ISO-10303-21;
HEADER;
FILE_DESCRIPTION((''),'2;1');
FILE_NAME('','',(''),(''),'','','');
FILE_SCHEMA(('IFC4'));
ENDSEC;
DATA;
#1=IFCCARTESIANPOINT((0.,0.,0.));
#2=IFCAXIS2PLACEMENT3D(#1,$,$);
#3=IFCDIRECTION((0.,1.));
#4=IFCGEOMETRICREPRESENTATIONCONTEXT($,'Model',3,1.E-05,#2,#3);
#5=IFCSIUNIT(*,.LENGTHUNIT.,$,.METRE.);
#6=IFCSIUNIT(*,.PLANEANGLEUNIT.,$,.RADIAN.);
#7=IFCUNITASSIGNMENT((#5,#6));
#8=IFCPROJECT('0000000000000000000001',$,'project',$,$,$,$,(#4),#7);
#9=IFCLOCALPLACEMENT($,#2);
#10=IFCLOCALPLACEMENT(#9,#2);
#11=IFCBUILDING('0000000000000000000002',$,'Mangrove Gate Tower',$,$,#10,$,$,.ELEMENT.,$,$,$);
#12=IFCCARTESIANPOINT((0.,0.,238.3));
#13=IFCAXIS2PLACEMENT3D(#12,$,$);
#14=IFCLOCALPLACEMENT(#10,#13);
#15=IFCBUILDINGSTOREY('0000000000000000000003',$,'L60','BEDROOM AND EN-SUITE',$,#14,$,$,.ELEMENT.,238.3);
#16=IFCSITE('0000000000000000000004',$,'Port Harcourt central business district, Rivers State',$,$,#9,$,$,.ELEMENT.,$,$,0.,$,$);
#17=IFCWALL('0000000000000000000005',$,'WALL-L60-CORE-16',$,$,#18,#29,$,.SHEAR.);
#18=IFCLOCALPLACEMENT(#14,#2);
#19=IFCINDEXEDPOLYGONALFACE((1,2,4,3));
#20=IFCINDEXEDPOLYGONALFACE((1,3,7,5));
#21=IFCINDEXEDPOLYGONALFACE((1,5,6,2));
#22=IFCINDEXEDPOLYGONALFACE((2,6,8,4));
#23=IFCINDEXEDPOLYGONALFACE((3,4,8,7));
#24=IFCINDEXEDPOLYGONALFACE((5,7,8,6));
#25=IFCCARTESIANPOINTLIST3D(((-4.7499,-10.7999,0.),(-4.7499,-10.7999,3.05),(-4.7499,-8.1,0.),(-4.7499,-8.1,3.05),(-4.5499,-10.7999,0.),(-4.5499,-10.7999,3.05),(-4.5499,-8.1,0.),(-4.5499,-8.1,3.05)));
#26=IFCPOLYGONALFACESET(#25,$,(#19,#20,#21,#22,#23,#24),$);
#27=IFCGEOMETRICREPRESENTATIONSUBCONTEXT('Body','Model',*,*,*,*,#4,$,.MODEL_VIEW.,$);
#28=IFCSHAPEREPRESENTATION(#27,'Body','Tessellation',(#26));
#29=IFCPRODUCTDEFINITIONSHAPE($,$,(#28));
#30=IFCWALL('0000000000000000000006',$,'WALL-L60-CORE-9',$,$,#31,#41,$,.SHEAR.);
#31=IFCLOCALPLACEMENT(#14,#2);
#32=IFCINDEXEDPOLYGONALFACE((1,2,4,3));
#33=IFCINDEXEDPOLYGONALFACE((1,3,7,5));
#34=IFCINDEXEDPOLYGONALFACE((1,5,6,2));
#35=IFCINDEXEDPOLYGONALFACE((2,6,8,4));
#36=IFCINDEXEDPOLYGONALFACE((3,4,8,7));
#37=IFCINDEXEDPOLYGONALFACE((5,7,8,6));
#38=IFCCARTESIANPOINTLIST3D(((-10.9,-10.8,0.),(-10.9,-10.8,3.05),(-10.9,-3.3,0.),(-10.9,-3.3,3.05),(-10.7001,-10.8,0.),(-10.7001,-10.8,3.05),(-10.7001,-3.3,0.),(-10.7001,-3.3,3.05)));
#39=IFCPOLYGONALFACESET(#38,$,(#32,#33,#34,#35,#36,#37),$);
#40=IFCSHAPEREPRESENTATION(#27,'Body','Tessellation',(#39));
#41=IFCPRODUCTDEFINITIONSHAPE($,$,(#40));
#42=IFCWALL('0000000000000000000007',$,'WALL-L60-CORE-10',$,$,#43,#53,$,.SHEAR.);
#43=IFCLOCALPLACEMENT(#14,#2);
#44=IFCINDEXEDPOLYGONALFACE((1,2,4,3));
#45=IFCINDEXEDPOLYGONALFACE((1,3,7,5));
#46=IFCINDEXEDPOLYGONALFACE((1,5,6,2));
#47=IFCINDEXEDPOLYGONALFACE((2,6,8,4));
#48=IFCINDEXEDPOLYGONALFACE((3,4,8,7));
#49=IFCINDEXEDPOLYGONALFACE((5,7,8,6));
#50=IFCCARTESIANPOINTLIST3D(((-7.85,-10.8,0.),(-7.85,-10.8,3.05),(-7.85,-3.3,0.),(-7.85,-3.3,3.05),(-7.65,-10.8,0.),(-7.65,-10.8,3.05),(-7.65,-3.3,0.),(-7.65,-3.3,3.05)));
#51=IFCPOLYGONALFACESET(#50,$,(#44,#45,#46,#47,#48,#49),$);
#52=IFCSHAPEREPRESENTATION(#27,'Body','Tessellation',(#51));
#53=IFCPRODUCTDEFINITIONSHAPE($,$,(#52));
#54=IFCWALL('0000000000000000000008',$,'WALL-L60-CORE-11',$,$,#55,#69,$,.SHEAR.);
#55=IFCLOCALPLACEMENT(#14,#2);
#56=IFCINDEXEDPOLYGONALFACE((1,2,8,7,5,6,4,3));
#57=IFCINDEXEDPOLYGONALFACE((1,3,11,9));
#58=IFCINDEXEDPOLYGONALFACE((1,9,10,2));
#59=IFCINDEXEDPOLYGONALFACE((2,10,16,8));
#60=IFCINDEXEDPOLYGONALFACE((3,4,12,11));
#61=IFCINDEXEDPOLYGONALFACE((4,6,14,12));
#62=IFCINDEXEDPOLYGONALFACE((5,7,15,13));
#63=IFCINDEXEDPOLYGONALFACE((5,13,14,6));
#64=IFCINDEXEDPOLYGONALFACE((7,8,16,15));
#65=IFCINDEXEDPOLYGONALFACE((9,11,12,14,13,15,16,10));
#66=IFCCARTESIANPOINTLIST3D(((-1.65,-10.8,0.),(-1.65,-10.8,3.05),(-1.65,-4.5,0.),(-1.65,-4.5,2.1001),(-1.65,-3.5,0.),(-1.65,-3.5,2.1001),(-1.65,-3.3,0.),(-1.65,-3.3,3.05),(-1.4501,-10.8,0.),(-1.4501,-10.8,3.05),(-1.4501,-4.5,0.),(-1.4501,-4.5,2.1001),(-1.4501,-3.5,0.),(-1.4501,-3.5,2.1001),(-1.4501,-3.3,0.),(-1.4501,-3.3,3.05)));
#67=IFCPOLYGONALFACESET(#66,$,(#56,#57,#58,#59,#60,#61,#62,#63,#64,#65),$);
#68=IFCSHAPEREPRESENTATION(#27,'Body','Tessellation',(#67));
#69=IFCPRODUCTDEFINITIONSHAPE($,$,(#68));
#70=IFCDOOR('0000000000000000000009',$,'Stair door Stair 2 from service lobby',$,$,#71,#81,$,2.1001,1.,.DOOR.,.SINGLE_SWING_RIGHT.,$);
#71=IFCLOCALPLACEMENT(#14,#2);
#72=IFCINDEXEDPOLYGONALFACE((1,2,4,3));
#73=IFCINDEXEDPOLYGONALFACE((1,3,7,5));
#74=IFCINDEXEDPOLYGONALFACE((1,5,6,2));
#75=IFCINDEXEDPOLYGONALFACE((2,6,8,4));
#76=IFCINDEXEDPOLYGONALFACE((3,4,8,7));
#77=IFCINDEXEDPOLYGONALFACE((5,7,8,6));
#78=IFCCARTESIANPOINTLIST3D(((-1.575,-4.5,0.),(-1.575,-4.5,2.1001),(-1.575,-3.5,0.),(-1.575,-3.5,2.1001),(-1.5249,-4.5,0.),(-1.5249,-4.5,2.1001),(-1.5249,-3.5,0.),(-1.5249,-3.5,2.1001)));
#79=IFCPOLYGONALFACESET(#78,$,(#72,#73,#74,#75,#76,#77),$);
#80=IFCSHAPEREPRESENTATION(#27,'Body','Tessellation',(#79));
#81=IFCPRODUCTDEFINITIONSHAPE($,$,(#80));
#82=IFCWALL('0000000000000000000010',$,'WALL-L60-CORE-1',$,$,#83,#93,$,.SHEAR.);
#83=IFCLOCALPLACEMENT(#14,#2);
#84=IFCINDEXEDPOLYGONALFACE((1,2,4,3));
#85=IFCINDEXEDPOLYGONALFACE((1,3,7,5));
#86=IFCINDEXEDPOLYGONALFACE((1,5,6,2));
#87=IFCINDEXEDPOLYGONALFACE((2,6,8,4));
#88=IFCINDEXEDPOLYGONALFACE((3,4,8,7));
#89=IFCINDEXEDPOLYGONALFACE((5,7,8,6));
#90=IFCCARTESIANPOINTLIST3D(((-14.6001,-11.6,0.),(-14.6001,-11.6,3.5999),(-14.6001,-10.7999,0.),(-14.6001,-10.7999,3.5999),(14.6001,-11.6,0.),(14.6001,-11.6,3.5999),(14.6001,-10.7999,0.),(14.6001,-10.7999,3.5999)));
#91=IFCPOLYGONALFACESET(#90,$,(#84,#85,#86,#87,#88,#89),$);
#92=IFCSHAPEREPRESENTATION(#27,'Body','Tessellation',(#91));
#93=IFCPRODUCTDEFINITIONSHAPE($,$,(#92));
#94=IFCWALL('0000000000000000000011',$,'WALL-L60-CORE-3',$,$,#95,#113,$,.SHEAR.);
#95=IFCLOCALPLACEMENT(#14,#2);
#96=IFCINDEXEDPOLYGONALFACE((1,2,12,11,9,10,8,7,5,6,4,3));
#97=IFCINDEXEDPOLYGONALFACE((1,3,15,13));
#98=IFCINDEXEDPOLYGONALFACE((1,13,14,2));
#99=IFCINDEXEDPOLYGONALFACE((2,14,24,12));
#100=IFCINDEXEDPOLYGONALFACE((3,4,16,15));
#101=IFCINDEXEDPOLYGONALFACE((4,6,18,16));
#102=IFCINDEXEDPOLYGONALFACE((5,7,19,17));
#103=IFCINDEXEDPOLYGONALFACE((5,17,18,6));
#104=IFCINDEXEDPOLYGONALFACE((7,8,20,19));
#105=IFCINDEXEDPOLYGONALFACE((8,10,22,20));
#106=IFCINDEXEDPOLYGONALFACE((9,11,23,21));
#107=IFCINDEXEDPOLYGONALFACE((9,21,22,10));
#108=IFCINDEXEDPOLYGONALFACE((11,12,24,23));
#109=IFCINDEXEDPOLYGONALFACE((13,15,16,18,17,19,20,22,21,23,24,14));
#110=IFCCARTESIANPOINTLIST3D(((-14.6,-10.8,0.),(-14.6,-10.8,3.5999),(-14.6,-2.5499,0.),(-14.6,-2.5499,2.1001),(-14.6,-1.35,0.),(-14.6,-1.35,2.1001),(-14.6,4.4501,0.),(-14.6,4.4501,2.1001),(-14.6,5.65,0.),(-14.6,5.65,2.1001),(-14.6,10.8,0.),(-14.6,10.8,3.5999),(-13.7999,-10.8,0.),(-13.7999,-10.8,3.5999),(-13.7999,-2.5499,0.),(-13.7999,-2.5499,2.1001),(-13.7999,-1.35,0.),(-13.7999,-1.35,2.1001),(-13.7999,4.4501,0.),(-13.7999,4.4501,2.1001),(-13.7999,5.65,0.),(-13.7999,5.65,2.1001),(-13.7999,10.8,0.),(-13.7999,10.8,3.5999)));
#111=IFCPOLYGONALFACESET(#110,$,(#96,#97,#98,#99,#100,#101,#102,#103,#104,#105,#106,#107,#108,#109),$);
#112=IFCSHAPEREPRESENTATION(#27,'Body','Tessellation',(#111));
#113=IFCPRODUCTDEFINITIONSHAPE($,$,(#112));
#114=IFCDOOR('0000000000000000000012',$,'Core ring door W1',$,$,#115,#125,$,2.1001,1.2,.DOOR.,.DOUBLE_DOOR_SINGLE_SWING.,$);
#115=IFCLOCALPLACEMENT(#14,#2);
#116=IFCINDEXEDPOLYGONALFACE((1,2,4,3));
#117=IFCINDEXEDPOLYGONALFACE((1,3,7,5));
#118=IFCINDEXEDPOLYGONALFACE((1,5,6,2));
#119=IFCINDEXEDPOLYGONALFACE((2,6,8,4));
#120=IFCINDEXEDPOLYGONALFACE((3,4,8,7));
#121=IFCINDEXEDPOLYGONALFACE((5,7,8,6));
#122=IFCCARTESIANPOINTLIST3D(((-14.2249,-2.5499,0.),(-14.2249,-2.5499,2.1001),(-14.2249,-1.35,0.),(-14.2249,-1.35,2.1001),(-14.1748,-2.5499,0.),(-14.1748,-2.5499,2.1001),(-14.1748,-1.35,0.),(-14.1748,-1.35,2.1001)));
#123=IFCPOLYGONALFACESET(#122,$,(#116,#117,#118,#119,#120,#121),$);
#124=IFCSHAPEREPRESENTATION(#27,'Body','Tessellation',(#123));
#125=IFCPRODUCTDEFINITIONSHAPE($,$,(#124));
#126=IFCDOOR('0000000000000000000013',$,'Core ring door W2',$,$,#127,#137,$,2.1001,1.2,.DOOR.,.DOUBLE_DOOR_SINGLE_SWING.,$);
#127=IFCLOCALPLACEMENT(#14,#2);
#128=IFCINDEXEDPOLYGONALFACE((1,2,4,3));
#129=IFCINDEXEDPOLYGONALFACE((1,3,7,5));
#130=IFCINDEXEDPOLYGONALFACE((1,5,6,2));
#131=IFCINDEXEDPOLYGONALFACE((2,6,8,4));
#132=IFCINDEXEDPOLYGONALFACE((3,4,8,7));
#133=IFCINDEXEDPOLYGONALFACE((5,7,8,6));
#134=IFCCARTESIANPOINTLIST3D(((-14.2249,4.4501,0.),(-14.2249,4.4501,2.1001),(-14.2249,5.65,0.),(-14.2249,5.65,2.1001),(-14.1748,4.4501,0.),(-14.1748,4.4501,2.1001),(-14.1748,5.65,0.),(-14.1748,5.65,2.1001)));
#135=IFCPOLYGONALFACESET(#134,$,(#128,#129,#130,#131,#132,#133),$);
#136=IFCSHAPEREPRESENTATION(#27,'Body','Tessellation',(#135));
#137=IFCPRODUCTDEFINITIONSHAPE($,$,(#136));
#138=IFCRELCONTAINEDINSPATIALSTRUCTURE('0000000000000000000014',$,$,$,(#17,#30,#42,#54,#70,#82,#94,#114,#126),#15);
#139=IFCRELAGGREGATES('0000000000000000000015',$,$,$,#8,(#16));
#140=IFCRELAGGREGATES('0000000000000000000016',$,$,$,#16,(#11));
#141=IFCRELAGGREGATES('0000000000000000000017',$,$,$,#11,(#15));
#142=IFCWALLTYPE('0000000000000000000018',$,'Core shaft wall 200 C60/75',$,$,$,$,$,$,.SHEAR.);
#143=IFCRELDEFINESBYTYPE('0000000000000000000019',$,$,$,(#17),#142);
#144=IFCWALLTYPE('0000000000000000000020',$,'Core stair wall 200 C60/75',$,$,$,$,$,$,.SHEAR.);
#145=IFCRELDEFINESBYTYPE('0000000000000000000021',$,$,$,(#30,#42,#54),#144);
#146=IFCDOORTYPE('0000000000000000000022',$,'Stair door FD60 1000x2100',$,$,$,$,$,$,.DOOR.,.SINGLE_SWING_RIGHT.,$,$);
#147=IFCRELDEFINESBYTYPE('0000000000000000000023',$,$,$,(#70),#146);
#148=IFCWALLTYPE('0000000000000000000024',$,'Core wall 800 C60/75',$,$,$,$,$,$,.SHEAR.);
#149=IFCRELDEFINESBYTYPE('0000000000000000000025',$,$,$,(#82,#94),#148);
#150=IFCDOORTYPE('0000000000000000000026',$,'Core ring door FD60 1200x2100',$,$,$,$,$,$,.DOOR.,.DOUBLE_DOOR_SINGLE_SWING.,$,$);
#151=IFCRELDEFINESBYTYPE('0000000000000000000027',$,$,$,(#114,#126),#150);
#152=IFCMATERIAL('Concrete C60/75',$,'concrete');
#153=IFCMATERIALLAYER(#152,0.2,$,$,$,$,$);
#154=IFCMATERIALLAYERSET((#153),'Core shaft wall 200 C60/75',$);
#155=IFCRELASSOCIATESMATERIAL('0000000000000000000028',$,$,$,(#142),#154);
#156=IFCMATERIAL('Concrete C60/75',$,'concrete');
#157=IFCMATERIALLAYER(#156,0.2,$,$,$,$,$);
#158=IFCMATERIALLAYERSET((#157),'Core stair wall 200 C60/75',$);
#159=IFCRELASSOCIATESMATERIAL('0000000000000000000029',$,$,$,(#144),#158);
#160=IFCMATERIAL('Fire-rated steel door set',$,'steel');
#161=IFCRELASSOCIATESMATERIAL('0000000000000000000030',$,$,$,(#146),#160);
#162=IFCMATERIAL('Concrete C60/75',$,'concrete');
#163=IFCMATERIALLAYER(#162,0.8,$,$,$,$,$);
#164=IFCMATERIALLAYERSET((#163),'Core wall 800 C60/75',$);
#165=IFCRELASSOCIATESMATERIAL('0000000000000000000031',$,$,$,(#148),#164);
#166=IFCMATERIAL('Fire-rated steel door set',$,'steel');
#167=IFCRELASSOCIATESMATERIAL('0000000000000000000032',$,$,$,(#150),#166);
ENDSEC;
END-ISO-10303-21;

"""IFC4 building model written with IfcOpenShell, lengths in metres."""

from ifc_helpers import new_model, si_unit, direction, frame, frame_2d, origin, place, context, subcontext, project, spatial, rectangle, extrude, material, layer, layer_set, type_object, element, fill, save


model = new_model("IFC4")

# Units and contexts
model_context = context("Model", 3, precision=1e-05, world=origin(), true_north=direction((0.0, 1.0)))
body_context = subcontext(model_context, "Body", "Model", "MODEL_VIEW")
ifc_project = project(units=[si_unit("LENGTHUNIT", "METRE"), si_unit("PLANEANGLEUNIT", "RADIAN")], contexts=[model_context])

# Site, building, storey
site_placement = place(None, origin())
site = spatial("IfcSite", under=ifc_project, at=site_placement, Name="Port Harcourt central business district, Rivers State", CompositionType="ELEMENT", RefElevation=0.0)
building_placement = place(site_placement, origin())
building = spatial("IfcBuilding", under=site, at=building_placement, Name="Mangrove Gate Tower", CompositionType="ELEMENT")
storey_placement = place(building_placement, frame((0.0, 0.0, 238.3)))
storey = spatial("IfcBuildingStorey", under=building, at=storey_placement, Name="L60", Description="BEDROOM AND EN-SUITE", CompositionType="ELEMENT", Elevation=238.3)

# Walls
ifc_material_1 = material(Name="Concrete C60/75", Category="concrete")
ifc_layer_1 = layer(ifc_material_1, 0.2)
ifc_layer_set_1 = layer_set([ifc_layer_1], Name="Core shaft wall 200 C60/75")
wall_type_1 = type_object("IfcWallType", Name="Core shaft wall 200 C60/75", PredefinedType="SHEAR", material=ifc_layer_set_1)
wall_1_placement = place(storey_placement, frame((-4.6499, -10.8, 0.0), z_axis=(0.0, 0.0, 1.0), x_axis=(0.0, 1.0, 0.0)))
element("IfcWall", 1, at=wall_1_placement, inside=storey, type_object=wall_type_1, Name="WALL-L60-CORE-16", PredefinedType="SHEAR", context=body_context, shape_type="SweptSolid", body=[
    extrude(rectangle(XDim=2.7, YDim=0.2, at=frame_2d((1.3501, 0.0))), origin(), (0.0, 0.0, 1.0), 3.05),
])
ifc_material_2 = material(Name="Concrete C60/75", Category="concrete")
ifc_layer_2 = layer(ifc_material_2, 0.2)
ifc_layer_set_2 = layer_set([ifc_layer_2], Name="Core stair wall 200 C60/75")
wall_type_2 = type_object("IfcWallType", Name="Core stair wall 200 C60/75", PredefinedType="SHEAR", material=ifc_layer_set_2)
for number, where, z_axis, x_axis, name in (
    (2, (-10.8, -10.8, 0.0), (0.0, 0.0, 1.0), (0.0, 1.0, 0.0), "WALL-L60-CORE-9"),
    (3, (-7.75, -10.8, 0.0), (0.0, 0.0, 1.0), (0.0, 1.0, 0.0), "WALL-L60-CORE-10"),
):
    element("IfcWall", number, at=place(storey_placement, frame(where, z_axis=z_axis, x_axis=x_axis)), inside=storey, type_object=wall_type_2, Name=name, PredefinedType="SHEAR", context=body_context, shape_type="SweptSolid", body=[
        extrude(rectangle(XDim=7.5, YDim=0.2, at=frame_2d((3.75, 0.0))), origin(), (0.0, 0.0, 1.0), 3.05),
    ])

# Wall, opening, door
wall_2_placement = place(storey_placement, frame((-1.55, -10.8, 0.0), z_axis=(0.0, 0.0, 1.0), x_axis=(0.0, 1.0, 0.0)))
wall_2 = element("IfcWall", 4, at=wall_2_placement, inside=storey, type_object=wall_type_2, Name="WALL-L60-CORE-11", PredefinedType="SHEAR", context=body_context, shape_type="SweptSolid", body=[
    extrude(rectangle(XDim=7.5, YDim=0.2, at=frame_2d((3.75, 0.0))), origin(), (0.0, 0.0, 1.0), 3.05),
])
opening_1_placement = place(wall_2_placement, frame((6.3, 0.0, 0.0)))
opening_1 = element("IfcOpeningElement", 5, at=opening_1_placement, cuts=wall_2, PredefinedType="OPENING", context=body_context, shape_type="SweptSolid", body=[
    extrude(rectangle(XDim=1.0, YDim=2.1001, at=frame_2d((0.5, 1.05))), frame((0.0, 0.1099, 0.0), z_axis=(0.0, -1.0, 0.0), x_axis=(1.0, 0.0, 0.0)), (0.0, 0.0, 1.0), 0.22),
])
ifc_material_3 = material(Name="Fire-rated steel door set", Category="steel")
door_type_1 = type_object("IfcDoorType", Name="Stair door FD60 1000x2100", OperationType="SINGLE_SWING_RIGHT", PredefinedType="DOOR", material=ifc_material_3)
door_1_placement = place(opening_1_placement, origin())
door_1 = element("IfcDoor", 6, at=door_1_placement, inside=storey, type_object=door_type_1, Name="Stair door Stair 2 from service lobby", OperationType="SINGLE_SWING_RIGHT", OverallHeight=2.1001, OverallWidth=1.0, PredefinedType="DOOR", context=body_context, shape_type="SweptSolid", body=[
    extrude(rectangle(XDim=1.0, YDim=2.1001, at=frame_2d((0.5, 1.05))), frame((0.0, 0.0249, 0.0), z_axis=(0.0, -1.0, 0.0), x_axis=(1.0, 0.0, 0.0)), (0.0, 0.0, 1.0), 0.05),
])
fill(opening_1, door_1)

# Wall
ifc_material_4 = material(Name="Concrete C60/75", Category="concrete")
ifc_layer_3 = layer(ifc_material_4, 0.8)
ifc_layer_set_3 = layer_set([ifc_layer_3], Name="Core wall 800 C60/75")
wall_type_3 = type_object("IfcWallType", Name="Core wall 800 C60/75", PredefinedType="SHEAR", material=ifc_layer_set_3)
wall_3_placement = place(storey_placement, frame((-14.6001, -11.2, 0.0), z_axis=(0.0, 0.0, 1.0), x_axis=(1.0, 0.0, 0.0)))
element("IfcWall", 7, at=wall_3_placement, inside=storey, type_object=wall_type_3, Name="WALL-L60-CORE-1", PredefinedType="SHEAR", context=body_context, shape_type="SweptSolid", body=[
    extrude(rectangle(XDim=29.2002, YDim=0.8, at=frame_2d((14.6001, 0.0))), origin(), (0.0, 0.0, 1.0), 3.5999),
])

# Wall, openings, doors
wall_4_placement = place(storey_placement, frame((-14.2, -10.8, 0.0), z_axis=(0.0, 0.0, 1.0), x_axis=(0.0, 1.0, 0.0)))
wall_4 = element("IfcWall", 8, at=wall_4_placement, inside=storey, type_object=wall_type_3, Name="WALL-L60-CORE-3", PredefinedType="SHEAR", context=body_context, shape_type="SweptSolid", body=[
    extrude(rectangle(XDim=21.6001, YDim=0.8, at=frame_2d((10.8, 0.0))), origin(), (0.0, 0.0, 1.0), 3.5999),
])
opening_2_placement = place(wall_4_placement, frame((8.25, 0.0, 0.0)))
opening_2 = element("IfcOpeningElement", 9, at=opening_2_placement, cuts=wall_4, PredefinedType="OPENING", context=body_context, shape_type="SweptSolid", body=[
    extrude(rectangle(XDim=1.2, YDim=2.1001, at=frame_2d((0.6001, 1.05))), frame((0.0, 0.4099, 0.0), z_axis=(0.0, -1.0, 0.0), x_axis=(1.0, 0.0, 0.0)), (0.0, 0.0, 1.0), 0.8201),
])
opening_3_placement = place(wall_4_placement, frame((15.25, 0.0, 0.0)))
opening_3 = element("IfcOpeningElement", 10, at=opening_3_placement, cuts=wall_4, PredefinedType="OPENING", context=body_context, shape_type="SweptSolid", body=[
    extrude(rectangle(XDim=1.2, YDim=2.1001, at=frame_2d((0.6001, 1.05))), frame((0.0, 0.4099, 0.0), z_axis=(0.0, -1.0, 0.0), x_axis=(1.0, 0.0, 0.0)), (0.0, 0.0, 1.0), 0.8201),
])
ifc_material_5 = material(Name="Fire-rated steel door set", Category="steel")
door_type_2 = type_object("IfcDoorType", Name="Core ring door FD60 1200x2100", OperationType="DOUBLE_DOOR_SINGLE_SWING", PredefinedType="DOOR", material=ifc_material_5)
door_2_placement = place(opening_2_placement, origin())
door_2 = element("IfcDoor", 11, at=door_2_placement, inside=storey, type_object=door_type_2, Name="Core ring door W1", OperationType="DOUBLE_DOOR_SINGLE_SWING", OverallHeight=2.1001, OverallWidth=1.2, PredefinedType="DOOR", context=body_context, shape_type="SweptSolid", body=[
    extrude(rectangle(XDim=1.2, YDim=2.1001, at=frame_2d((0.6001, 1.05))), frame((0.0, 0.0249, 0.0), z_axis=(0.0, -1.0, 0.0), x_axis=(1.0, 0.0, 0.0)), (0.0, 0.0, 1.0), 0.05),
])
fill(opening_2, door_2)
door_3_placement = place(opening_3_placement, origin())
door_3 = element("IfcDoor", 12, at=door_3_placement, inside=storey, type_object=door_type_2, Name="Core ring door W2", OperationType="DOUBLE_DOOR_SINGLE_SWING", OverallHeight=2.1001, OverallWidth=1.2, PredefinedType="DOOR", context=body_context, shape_type="SweptSolid", body=[
    extrude(rectangle(XDim=1.2, YDim=2.1001, at=frame_2d((0.6001, 1.05))), frame((0.0, 0.0249, 0.0), z_axis=(0.0, -1.0, 0.0), x_axis=(1.0, 0.0, 0.0)), (0.0, 0.0, 1.0), 0.05),
])
fill(opening_3, door_3)

save(model, "model.ifc")
